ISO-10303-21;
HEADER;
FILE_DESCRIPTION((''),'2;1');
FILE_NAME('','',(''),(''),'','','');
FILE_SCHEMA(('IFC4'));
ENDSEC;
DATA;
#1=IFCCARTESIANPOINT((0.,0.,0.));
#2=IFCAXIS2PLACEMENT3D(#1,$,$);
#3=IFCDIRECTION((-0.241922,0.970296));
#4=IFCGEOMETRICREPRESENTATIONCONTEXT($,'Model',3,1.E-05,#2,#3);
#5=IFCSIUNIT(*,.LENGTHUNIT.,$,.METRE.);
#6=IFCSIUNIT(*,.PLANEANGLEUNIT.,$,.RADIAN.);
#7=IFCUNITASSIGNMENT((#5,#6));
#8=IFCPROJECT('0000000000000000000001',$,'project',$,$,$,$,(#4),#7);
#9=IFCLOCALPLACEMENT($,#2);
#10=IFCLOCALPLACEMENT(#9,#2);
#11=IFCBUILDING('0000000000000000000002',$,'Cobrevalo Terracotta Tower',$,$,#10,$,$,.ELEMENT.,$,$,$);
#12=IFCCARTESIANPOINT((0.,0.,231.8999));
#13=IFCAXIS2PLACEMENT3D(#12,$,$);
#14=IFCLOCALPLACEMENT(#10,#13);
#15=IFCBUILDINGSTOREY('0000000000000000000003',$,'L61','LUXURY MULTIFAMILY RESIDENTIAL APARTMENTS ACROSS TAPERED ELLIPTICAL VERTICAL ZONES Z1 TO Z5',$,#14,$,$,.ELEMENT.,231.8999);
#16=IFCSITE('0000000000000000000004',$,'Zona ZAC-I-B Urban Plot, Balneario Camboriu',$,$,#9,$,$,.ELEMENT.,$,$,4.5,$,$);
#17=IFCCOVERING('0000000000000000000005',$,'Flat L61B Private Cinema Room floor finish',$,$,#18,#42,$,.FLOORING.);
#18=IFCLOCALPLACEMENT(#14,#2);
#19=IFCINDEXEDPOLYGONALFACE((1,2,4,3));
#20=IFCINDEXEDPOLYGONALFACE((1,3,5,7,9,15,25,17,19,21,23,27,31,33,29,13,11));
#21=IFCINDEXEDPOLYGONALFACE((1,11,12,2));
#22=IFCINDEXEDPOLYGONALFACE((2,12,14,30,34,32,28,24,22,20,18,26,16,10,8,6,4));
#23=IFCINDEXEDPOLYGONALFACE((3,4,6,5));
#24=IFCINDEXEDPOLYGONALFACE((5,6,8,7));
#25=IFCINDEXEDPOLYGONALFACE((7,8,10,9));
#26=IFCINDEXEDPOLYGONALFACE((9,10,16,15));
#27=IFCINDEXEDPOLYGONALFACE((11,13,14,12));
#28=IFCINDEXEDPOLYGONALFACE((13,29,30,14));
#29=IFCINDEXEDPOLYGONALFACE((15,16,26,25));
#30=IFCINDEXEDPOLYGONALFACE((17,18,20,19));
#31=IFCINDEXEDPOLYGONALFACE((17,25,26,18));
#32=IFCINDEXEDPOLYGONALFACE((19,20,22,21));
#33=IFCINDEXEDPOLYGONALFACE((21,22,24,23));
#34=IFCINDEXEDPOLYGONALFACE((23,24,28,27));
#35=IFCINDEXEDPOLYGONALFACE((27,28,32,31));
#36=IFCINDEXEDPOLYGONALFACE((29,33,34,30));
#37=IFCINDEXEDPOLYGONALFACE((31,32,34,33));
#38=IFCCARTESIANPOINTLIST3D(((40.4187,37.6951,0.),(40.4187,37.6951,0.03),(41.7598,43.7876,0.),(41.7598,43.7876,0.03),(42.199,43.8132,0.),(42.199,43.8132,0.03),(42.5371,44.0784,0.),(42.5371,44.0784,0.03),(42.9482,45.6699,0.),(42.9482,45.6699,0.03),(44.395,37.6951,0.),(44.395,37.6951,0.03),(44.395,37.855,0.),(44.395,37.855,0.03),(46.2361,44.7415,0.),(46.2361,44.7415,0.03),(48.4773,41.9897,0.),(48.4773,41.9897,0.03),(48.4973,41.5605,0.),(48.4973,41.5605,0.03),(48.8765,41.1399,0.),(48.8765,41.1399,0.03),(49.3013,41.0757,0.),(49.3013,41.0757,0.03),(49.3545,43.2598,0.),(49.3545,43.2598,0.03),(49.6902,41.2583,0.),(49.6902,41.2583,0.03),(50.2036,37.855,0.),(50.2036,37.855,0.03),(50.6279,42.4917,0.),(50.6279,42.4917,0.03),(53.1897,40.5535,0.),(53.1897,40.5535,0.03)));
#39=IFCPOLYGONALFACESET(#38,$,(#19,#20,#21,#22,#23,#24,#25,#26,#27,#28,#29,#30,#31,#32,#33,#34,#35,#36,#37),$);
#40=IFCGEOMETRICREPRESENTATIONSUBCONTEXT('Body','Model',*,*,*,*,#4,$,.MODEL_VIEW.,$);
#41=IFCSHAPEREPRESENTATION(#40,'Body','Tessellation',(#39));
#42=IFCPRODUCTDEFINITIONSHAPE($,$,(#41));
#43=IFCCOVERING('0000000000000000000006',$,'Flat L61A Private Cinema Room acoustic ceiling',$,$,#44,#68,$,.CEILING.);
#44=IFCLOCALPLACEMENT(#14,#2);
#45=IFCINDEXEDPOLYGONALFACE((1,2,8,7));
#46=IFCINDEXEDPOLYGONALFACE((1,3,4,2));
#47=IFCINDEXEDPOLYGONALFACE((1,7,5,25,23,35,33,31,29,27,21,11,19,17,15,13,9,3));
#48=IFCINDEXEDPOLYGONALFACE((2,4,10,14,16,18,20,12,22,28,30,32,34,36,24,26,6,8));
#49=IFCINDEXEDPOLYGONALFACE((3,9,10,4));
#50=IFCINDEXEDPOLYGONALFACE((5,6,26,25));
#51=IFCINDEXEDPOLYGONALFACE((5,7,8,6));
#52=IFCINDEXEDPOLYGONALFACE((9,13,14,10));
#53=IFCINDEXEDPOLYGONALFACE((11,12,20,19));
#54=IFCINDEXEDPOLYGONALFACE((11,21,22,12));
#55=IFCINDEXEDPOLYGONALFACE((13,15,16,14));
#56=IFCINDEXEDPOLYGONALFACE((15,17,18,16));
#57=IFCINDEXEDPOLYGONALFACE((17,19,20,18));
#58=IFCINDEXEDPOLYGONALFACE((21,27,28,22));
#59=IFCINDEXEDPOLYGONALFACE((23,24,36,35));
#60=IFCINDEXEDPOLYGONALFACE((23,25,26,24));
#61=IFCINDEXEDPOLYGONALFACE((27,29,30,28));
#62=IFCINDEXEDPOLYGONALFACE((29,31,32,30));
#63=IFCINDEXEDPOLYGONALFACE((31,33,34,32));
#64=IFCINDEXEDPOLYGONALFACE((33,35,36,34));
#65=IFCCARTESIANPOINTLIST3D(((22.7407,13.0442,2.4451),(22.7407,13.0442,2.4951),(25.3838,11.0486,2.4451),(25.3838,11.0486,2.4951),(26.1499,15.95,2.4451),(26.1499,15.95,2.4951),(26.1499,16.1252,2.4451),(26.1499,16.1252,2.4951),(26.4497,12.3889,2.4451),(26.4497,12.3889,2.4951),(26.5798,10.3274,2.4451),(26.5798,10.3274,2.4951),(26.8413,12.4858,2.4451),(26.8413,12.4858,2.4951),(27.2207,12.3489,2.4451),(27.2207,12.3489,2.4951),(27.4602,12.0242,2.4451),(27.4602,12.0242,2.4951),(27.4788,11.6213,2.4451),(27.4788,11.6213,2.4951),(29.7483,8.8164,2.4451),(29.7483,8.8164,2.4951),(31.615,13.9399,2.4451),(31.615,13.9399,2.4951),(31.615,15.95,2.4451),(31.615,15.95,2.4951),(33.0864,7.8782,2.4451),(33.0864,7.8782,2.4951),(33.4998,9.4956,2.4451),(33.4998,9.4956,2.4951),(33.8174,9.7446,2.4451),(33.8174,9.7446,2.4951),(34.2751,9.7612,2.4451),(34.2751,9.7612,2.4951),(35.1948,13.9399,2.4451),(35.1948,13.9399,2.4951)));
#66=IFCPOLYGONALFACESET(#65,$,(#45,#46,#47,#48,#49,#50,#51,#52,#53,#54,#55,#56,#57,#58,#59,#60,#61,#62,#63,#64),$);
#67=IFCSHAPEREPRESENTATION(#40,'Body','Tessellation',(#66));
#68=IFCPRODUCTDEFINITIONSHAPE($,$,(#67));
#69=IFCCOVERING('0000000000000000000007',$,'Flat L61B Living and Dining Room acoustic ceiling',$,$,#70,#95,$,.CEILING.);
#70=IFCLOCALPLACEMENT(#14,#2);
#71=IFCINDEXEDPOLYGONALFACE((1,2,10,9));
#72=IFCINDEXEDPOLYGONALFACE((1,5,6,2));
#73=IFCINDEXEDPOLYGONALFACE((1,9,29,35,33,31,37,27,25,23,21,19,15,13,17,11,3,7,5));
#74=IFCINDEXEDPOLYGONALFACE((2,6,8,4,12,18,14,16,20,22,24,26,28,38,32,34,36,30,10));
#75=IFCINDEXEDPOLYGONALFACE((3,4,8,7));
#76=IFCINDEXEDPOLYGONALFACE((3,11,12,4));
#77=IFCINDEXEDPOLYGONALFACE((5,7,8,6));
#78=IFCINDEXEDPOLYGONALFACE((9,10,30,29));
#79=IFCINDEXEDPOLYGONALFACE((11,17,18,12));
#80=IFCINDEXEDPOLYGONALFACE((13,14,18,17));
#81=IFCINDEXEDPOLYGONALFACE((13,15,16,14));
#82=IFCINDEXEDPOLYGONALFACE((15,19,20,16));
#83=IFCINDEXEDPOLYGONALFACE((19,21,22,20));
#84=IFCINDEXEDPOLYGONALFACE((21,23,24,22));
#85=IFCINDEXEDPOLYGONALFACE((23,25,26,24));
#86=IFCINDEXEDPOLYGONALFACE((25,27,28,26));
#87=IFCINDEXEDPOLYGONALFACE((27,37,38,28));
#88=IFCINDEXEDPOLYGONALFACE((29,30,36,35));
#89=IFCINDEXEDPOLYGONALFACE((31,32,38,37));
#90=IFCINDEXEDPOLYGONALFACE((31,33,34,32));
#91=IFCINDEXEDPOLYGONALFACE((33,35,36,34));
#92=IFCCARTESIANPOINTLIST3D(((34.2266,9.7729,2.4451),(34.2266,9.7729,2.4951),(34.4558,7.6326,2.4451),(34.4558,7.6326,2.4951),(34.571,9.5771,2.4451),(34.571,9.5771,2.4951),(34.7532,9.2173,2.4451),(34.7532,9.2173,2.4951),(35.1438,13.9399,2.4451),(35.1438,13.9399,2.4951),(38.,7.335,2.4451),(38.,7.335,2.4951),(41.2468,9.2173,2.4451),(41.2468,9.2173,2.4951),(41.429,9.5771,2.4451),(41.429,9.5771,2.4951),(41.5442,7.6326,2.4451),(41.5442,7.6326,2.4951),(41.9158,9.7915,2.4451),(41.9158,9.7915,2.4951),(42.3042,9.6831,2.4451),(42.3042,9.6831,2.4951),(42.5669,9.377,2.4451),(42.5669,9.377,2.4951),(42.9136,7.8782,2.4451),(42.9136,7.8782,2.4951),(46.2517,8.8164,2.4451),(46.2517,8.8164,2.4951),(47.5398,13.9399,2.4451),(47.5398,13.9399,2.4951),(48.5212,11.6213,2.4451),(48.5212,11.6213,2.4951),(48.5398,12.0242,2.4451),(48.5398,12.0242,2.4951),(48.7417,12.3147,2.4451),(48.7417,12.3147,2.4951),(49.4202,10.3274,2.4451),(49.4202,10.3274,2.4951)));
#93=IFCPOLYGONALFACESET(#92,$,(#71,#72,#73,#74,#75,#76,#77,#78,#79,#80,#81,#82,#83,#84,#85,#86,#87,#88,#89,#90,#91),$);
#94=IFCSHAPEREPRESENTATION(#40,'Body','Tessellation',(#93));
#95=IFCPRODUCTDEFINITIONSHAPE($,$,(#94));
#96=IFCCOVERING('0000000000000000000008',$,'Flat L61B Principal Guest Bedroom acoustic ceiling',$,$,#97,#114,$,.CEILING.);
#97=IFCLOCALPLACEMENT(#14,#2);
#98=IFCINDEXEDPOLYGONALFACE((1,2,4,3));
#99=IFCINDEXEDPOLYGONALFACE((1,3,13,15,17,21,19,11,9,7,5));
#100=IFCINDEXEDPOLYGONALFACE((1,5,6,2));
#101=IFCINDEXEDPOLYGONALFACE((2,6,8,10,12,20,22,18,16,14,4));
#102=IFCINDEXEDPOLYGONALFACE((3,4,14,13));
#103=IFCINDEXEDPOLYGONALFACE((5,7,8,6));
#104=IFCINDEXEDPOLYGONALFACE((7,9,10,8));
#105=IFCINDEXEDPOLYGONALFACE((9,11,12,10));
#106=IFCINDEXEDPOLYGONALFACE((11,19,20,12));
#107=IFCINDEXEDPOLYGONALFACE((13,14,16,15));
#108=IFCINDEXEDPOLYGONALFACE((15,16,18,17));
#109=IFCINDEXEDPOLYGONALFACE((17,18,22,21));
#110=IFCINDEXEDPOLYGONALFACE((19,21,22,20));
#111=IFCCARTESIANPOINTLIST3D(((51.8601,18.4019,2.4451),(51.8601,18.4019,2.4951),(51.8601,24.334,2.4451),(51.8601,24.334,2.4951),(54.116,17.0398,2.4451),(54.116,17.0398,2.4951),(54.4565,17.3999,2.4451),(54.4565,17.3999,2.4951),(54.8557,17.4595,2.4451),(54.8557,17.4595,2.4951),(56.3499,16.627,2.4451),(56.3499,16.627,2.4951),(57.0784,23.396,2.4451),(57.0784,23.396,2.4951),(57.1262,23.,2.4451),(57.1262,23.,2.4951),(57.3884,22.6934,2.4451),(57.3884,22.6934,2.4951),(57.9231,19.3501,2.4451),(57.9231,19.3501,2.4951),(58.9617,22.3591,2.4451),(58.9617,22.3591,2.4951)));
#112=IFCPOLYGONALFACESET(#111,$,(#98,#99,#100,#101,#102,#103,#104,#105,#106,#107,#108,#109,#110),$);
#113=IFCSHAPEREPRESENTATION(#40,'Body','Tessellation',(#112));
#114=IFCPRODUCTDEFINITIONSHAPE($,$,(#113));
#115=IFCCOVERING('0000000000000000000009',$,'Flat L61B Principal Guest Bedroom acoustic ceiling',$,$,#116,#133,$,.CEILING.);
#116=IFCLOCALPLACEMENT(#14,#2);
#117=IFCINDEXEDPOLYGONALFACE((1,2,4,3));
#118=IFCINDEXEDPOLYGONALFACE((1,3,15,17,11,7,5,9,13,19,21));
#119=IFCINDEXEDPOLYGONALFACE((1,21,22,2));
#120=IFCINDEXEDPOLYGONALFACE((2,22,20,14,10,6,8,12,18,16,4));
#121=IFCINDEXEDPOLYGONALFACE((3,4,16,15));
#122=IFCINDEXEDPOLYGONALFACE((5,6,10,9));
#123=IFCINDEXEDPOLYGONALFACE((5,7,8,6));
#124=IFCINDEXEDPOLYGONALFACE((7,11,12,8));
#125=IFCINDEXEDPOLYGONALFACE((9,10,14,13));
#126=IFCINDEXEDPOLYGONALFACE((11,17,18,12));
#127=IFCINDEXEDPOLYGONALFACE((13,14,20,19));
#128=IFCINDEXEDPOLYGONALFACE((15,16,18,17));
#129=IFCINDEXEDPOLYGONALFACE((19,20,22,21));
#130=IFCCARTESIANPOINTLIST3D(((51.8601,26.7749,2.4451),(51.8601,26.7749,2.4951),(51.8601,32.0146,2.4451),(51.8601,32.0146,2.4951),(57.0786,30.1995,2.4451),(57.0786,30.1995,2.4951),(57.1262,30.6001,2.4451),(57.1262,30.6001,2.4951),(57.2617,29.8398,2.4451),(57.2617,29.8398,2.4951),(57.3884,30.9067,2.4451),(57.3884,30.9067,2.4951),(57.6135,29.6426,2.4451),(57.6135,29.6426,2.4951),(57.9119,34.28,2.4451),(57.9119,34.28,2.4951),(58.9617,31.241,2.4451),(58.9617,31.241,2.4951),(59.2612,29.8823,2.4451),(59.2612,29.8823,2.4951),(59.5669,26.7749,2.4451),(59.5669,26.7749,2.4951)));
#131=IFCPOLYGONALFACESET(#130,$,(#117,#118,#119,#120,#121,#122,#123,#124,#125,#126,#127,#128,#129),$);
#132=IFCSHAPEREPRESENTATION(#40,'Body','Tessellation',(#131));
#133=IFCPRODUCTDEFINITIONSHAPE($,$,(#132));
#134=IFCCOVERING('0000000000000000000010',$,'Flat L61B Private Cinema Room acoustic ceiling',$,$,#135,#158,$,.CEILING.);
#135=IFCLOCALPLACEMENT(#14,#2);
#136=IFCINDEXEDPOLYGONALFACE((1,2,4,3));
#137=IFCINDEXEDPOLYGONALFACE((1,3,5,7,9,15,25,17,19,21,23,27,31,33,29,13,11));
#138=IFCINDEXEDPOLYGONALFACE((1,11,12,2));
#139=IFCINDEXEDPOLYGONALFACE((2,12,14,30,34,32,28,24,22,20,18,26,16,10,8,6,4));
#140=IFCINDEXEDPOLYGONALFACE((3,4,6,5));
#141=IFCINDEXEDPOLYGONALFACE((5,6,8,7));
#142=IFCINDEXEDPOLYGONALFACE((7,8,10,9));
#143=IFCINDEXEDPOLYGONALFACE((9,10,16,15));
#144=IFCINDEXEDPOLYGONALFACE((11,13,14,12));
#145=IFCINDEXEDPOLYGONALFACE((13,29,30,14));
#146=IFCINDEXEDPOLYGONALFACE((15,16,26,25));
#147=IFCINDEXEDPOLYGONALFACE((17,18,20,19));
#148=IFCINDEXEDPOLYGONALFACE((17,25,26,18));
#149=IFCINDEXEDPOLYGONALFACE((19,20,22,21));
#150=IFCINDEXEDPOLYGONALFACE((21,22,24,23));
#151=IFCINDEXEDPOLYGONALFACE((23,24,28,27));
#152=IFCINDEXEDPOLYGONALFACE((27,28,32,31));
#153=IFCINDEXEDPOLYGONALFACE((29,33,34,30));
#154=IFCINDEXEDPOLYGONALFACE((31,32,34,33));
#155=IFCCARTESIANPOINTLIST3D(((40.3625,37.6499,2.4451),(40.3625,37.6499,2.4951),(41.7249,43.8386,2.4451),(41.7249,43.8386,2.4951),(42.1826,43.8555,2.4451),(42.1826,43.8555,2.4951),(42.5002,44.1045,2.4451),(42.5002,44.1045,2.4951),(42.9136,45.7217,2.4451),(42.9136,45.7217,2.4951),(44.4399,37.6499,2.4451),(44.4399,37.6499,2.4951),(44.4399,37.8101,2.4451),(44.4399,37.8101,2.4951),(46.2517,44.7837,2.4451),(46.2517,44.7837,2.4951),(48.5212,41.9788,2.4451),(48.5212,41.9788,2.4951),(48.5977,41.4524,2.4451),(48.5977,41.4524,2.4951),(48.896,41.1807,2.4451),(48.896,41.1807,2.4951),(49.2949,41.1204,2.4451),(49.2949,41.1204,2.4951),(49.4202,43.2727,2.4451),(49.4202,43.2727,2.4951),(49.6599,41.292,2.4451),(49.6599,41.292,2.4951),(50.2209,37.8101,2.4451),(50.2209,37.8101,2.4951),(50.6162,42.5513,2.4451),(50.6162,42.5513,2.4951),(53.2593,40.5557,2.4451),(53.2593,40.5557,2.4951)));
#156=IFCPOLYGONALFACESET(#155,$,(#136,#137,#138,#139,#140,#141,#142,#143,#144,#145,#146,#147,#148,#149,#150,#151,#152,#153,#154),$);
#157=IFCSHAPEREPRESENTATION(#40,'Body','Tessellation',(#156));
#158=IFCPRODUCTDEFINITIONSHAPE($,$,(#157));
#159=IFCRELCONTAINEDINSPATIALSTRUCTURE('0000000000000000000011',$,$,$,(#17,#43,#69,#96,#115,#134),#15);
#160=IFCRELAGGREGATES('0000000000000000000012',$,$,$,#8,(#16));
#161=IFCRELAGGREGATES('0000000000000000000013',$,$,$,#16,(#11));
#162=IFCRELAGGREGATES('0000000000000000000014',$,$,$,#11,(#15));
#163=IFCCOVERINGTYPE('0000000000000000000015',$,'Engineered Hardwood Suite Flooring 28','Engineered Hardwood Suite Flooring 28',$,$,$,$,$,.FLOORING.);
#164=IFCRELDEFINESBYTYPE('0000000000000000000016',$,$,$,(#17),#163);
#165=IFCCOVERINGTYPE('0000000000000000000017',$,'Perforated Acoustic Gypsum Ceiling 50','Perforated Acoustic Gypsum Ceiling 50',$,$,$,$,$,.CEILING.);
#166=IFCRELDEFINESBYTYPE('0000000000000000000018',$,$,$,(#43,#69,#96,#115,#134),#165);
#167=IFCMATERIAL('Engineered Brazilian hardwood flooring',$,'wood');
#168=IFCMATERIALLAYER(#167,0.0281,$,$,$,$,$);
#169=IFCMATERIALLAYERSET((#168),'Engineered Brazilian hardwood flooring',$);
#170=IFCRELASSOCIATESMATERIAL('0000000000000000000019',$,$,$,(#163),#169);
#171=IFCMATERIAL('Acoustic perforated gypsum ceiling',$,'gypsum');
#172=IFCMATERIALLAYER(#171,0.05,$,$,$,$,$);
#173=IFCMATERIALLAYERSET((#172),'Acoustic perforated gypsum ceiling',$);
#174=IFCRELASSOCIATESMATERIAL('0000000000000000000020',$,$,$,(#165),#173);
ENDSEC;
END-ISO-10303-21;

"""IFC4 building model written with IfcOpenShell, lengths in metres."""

from ifc_helpers import new_model, si_unit, direction, frame, origin, place, context, subcontext, project, spatial, polyline, outline, extrude, material, layer, layer_set, type_object, element, save


model = new_model("IFC4")

# Units and contexts
model_context = context("Model", 3, precision=1e-05, world=origin(), true_north=direction((-0.241922, 0.970296)))
body_context = subcontext(model_context, "Body", "Model", "MODEL_VIEW")
ifc_project = project(units=[si_unit("LENGTHUNIT", "METRE"), si_unit("PLANEANGLEUNIT", "RADIAN")], contexts=[model_context])

# Site, building, storey
site_placement = place(None, origin())
site = spatial("IfcSite", under=ifc_project, at=site_placement, Name="Zona ZAC-I-B Urban Plot, Balneario Camboriu", CompositionType="ELEMENT", RefElevation=4.5)
building_placement = place(site_placement, origin())
building = spatial("IfcBuilding", under=site, at=building_placement, Name="Cobrevalo Terracotta Tower", CompositionType="ELEMENT")
storey_placement = place(building_placement, frame((0.0, 0.0, 231.8999)))
storey = spatial("IfcBuildingStorey", under=building, at=storey_placement, Name="L61", Description="LUXURY MULTIFAMILY RESIDENTIAL APARTMENTS ACROSS TAPERED ELLIPTICAL VERTICAL ZONES Z1 TO Z5", CompositionType="ELEMENT", Elevation=231.8999)

# Coverings
ifc_material_1 = material(Name="Engineered Brazilian hardwood flooring", Category="wood")
ifc_layer_1 = layer(ifc_material_1, 0.0281)
ifc_layer_set_1 = layer_set([ifc_layer_1], Name="Engineered Brazilian hardwood flooring")
covering_type_1 = type_object("IfcCoveringType", Name="Engineered Hardwood Suite Flooring 28", Description="Engineered Hardwood Suite Flooring 28", PredefinedType="FLOORING", material=ifc_layer_set_1)
covering_1_placement = place(storey_placement, origin())
element("IfcCovering", 1, at=covering_1_placement, inside=storey, type_object=covering_type_1, Name="Flat L61B Private Cinema Room floor finish", PredefinedType="FLOORING", context=body_context, shape_type="SweptSolid", body=[
    extrude(outline(polyline([(44.395, 37.6951), (40.4187, 37.6951), (41.7598, 43.7876), (42.199, 43.8132), (42.5371, 44.0784), (42.9482, 45.6699), (46.2361, 44.7415), (49.3545, 43.2598), (48.4773, 41.9897), (48.4973, 41.5605), (48.8765, 41.1399), (49.3013, 41.0757), (49.6902, 41.2583), (50.6279, 42.4917), (53.1897, 40.5535), (50.2036, 37.855), (44.395, 37.855), (44.395, 37.6951)])), origin(), (0.0, 0.0, 1.0), 0.03),
])
ifc_material_2 = material(Name="Acoustic perforated gypsum ceiling", Category="gypsum")
ifc_layer_2 = layer(ifc_material_2, 0.05)
ifc_layer_set_2 = layer_set([ifc_layer_2], Name="Acoustic perforated gypsum ceiling")
covering_type_2 = type_object("IfcCoveringType", Name="Perforated Acoustic Gypsum Ceiling 50", Description="Perforated Acoustic Gypsum Ceiling 50", PredefinedType="CEILING", material=ifc_layer_set_2)
covering_2_placement = place(storey_placement, frame((0.0, 0.0, 2.4451)))
element("IfcCovering", 2, at=covering_2_placement, inside=storey, type_object=covering_type_2, Name="Flat L61A Private Cinema Room acoustic ceiling", PredefinedType="CEILING", context=body_context, shape_type="SweptSolid", body=[
    extrude(outline(polyline([(26.5798, 10.3274), (27.4788, 11.6213), (27.4602, 12.0242), (27.2207, 12.3489), (26.8413, 12.4858), (26.4497, 12.3889), (25.3838, 11.0486), (22.7407, 13.0442), (26.1499, 16.1252), (26.1499, 15.95), (31.615, 15.95), (31.615, 13.9399), (35.1948, 13.9399), (34.2751, 9.7612), (33.8174, 9.7446), (33.4998, 9.4956), (33.0864, 7.8782), (29.7483, 8.8164), (26.5798, 10.3274)])), origin(), (0.0, 0.0, 1.0), 0.05),
])
covering_3_placement = place(storey_placement, frame((0.0, 0.0, 2.4451)))
element("IfcCovering", 3, at=covering_3_placement, inside=storey, type_object=covering_type_2, Name="Flat L61B Living and Dining Room acoustic ceiling", PredefinedType="CEILING", context=body_context, shape_type="SweptSolid", body=[
    extrude(outline(polyline([(46.2517, 8.8164), (42.9136, 7.8782), (42.5669, 9.377), (42.3042, 9.6831), (41.9158, 9.7915), (41.429, 9.5771), (41.2468, 9.2173), (41.5442, 7.6326), (38.0, 7.335), (34.4558, 7.6326), (34.7532, 9.2173), (34.571, 9.5771), (34.2266, 9.7729), (35.1438, 13.9399), (47.5398, 13.9399), (48.7417, 12.3147), (48.5398, 12.0242), (48.5212, 11.6213), (49.4202, 10.3274), (46.2517, 8.8164)])), origin(), (0.0, 0.0, 1.0), 0.05),
])
covering_4_placement = place(storey_placement, frame((0.0, 0.0, 2.4451)))
element("IfcCovering", 4, at=covering_4_placement, inside=storey, type_object=covering_type_2, Name="Flat L61B Principal Guest Bedroom acoustic ceiling", PredefinedType="CEILING", context=body_context, shape_type="SweptSolid", body=[
    extrude(outline(polyline([(56.3499, 16.627), (54.8557, 17.4595), (54.4565, 17.3999), (54.116, 17.0398), (51.8601, 18.4019), (51.8601, 24.334), (57.0784, 23.396), (57.1262, 23.0), (57.3884, 22.6934), (58.9617, 22.3591), (57.9231, 19.3501), (56.3499, 16.627)])), origin(), (0.0, 0.0, 1.0), 0.05),
])
covering_5_placement = place(storey_placement, frame((0.0, 0.0, 2.4451)))
element("IfcCovering", 5, at=covering_5_placement, inside=storey, type_object=covering_type_2, Name="Flat L61B Principal Guest Bedroom acoustic ceiling", PredefinedType="CEILING", context=body_context, shape_type="SweptSolid", body=[
    extrude(outline(polyline([(57.9119, 34.28), (58.9617, 31.241), (57.3884, 30.9067), (57.1262, 30.6001), (57.0786, 30.1995), (57.2617, 29.8398), (57.6135, 29.6426), (59.2612, 29.8823), (59.5669, 26.7749), (51.8601, 26.7749), (51.8601, 32.0146), (57.9119, 34.28)])), origin(), (0.0, 0.0, 1.0), 0.05),
])
covering_6_placement = place(storey_placement, frame((0.0, 0.0, 2.4451)))
element("IfcCovering", 6, at=covering_6_placement, inside=storey, type_object=covering_type_2, Name="Flat L61B Private Cinema Room acoustic ceiling", PredefinedType="CEILING", context=body_context, shape_type="SweptSolid", body=[
    extrude(outline(polyline([(44.4399, 37.6499), (40.3625, 37.6499), (41.7249, 43.8386), (42.1826, 43.8555), (42.5002, 44.1045), (42.9136, 45.7217), (46.2517, 44.7837), (49.4202, 43.2727), (48.5212, 41.9788), (48.5977, 41.4524), (48.896, 41.1807), (49.2949, 41.1204), (49.6599, 41.292), (50.6162, 42.5513), (53.2593, 40.5557), (50.2209, 37.8101), (44.4399, 37.8101), (44.4399, 37.6499)])), origin(), (0.0, 0.0, 1.0), 0.05),
])

save(model, "model.ifc")
